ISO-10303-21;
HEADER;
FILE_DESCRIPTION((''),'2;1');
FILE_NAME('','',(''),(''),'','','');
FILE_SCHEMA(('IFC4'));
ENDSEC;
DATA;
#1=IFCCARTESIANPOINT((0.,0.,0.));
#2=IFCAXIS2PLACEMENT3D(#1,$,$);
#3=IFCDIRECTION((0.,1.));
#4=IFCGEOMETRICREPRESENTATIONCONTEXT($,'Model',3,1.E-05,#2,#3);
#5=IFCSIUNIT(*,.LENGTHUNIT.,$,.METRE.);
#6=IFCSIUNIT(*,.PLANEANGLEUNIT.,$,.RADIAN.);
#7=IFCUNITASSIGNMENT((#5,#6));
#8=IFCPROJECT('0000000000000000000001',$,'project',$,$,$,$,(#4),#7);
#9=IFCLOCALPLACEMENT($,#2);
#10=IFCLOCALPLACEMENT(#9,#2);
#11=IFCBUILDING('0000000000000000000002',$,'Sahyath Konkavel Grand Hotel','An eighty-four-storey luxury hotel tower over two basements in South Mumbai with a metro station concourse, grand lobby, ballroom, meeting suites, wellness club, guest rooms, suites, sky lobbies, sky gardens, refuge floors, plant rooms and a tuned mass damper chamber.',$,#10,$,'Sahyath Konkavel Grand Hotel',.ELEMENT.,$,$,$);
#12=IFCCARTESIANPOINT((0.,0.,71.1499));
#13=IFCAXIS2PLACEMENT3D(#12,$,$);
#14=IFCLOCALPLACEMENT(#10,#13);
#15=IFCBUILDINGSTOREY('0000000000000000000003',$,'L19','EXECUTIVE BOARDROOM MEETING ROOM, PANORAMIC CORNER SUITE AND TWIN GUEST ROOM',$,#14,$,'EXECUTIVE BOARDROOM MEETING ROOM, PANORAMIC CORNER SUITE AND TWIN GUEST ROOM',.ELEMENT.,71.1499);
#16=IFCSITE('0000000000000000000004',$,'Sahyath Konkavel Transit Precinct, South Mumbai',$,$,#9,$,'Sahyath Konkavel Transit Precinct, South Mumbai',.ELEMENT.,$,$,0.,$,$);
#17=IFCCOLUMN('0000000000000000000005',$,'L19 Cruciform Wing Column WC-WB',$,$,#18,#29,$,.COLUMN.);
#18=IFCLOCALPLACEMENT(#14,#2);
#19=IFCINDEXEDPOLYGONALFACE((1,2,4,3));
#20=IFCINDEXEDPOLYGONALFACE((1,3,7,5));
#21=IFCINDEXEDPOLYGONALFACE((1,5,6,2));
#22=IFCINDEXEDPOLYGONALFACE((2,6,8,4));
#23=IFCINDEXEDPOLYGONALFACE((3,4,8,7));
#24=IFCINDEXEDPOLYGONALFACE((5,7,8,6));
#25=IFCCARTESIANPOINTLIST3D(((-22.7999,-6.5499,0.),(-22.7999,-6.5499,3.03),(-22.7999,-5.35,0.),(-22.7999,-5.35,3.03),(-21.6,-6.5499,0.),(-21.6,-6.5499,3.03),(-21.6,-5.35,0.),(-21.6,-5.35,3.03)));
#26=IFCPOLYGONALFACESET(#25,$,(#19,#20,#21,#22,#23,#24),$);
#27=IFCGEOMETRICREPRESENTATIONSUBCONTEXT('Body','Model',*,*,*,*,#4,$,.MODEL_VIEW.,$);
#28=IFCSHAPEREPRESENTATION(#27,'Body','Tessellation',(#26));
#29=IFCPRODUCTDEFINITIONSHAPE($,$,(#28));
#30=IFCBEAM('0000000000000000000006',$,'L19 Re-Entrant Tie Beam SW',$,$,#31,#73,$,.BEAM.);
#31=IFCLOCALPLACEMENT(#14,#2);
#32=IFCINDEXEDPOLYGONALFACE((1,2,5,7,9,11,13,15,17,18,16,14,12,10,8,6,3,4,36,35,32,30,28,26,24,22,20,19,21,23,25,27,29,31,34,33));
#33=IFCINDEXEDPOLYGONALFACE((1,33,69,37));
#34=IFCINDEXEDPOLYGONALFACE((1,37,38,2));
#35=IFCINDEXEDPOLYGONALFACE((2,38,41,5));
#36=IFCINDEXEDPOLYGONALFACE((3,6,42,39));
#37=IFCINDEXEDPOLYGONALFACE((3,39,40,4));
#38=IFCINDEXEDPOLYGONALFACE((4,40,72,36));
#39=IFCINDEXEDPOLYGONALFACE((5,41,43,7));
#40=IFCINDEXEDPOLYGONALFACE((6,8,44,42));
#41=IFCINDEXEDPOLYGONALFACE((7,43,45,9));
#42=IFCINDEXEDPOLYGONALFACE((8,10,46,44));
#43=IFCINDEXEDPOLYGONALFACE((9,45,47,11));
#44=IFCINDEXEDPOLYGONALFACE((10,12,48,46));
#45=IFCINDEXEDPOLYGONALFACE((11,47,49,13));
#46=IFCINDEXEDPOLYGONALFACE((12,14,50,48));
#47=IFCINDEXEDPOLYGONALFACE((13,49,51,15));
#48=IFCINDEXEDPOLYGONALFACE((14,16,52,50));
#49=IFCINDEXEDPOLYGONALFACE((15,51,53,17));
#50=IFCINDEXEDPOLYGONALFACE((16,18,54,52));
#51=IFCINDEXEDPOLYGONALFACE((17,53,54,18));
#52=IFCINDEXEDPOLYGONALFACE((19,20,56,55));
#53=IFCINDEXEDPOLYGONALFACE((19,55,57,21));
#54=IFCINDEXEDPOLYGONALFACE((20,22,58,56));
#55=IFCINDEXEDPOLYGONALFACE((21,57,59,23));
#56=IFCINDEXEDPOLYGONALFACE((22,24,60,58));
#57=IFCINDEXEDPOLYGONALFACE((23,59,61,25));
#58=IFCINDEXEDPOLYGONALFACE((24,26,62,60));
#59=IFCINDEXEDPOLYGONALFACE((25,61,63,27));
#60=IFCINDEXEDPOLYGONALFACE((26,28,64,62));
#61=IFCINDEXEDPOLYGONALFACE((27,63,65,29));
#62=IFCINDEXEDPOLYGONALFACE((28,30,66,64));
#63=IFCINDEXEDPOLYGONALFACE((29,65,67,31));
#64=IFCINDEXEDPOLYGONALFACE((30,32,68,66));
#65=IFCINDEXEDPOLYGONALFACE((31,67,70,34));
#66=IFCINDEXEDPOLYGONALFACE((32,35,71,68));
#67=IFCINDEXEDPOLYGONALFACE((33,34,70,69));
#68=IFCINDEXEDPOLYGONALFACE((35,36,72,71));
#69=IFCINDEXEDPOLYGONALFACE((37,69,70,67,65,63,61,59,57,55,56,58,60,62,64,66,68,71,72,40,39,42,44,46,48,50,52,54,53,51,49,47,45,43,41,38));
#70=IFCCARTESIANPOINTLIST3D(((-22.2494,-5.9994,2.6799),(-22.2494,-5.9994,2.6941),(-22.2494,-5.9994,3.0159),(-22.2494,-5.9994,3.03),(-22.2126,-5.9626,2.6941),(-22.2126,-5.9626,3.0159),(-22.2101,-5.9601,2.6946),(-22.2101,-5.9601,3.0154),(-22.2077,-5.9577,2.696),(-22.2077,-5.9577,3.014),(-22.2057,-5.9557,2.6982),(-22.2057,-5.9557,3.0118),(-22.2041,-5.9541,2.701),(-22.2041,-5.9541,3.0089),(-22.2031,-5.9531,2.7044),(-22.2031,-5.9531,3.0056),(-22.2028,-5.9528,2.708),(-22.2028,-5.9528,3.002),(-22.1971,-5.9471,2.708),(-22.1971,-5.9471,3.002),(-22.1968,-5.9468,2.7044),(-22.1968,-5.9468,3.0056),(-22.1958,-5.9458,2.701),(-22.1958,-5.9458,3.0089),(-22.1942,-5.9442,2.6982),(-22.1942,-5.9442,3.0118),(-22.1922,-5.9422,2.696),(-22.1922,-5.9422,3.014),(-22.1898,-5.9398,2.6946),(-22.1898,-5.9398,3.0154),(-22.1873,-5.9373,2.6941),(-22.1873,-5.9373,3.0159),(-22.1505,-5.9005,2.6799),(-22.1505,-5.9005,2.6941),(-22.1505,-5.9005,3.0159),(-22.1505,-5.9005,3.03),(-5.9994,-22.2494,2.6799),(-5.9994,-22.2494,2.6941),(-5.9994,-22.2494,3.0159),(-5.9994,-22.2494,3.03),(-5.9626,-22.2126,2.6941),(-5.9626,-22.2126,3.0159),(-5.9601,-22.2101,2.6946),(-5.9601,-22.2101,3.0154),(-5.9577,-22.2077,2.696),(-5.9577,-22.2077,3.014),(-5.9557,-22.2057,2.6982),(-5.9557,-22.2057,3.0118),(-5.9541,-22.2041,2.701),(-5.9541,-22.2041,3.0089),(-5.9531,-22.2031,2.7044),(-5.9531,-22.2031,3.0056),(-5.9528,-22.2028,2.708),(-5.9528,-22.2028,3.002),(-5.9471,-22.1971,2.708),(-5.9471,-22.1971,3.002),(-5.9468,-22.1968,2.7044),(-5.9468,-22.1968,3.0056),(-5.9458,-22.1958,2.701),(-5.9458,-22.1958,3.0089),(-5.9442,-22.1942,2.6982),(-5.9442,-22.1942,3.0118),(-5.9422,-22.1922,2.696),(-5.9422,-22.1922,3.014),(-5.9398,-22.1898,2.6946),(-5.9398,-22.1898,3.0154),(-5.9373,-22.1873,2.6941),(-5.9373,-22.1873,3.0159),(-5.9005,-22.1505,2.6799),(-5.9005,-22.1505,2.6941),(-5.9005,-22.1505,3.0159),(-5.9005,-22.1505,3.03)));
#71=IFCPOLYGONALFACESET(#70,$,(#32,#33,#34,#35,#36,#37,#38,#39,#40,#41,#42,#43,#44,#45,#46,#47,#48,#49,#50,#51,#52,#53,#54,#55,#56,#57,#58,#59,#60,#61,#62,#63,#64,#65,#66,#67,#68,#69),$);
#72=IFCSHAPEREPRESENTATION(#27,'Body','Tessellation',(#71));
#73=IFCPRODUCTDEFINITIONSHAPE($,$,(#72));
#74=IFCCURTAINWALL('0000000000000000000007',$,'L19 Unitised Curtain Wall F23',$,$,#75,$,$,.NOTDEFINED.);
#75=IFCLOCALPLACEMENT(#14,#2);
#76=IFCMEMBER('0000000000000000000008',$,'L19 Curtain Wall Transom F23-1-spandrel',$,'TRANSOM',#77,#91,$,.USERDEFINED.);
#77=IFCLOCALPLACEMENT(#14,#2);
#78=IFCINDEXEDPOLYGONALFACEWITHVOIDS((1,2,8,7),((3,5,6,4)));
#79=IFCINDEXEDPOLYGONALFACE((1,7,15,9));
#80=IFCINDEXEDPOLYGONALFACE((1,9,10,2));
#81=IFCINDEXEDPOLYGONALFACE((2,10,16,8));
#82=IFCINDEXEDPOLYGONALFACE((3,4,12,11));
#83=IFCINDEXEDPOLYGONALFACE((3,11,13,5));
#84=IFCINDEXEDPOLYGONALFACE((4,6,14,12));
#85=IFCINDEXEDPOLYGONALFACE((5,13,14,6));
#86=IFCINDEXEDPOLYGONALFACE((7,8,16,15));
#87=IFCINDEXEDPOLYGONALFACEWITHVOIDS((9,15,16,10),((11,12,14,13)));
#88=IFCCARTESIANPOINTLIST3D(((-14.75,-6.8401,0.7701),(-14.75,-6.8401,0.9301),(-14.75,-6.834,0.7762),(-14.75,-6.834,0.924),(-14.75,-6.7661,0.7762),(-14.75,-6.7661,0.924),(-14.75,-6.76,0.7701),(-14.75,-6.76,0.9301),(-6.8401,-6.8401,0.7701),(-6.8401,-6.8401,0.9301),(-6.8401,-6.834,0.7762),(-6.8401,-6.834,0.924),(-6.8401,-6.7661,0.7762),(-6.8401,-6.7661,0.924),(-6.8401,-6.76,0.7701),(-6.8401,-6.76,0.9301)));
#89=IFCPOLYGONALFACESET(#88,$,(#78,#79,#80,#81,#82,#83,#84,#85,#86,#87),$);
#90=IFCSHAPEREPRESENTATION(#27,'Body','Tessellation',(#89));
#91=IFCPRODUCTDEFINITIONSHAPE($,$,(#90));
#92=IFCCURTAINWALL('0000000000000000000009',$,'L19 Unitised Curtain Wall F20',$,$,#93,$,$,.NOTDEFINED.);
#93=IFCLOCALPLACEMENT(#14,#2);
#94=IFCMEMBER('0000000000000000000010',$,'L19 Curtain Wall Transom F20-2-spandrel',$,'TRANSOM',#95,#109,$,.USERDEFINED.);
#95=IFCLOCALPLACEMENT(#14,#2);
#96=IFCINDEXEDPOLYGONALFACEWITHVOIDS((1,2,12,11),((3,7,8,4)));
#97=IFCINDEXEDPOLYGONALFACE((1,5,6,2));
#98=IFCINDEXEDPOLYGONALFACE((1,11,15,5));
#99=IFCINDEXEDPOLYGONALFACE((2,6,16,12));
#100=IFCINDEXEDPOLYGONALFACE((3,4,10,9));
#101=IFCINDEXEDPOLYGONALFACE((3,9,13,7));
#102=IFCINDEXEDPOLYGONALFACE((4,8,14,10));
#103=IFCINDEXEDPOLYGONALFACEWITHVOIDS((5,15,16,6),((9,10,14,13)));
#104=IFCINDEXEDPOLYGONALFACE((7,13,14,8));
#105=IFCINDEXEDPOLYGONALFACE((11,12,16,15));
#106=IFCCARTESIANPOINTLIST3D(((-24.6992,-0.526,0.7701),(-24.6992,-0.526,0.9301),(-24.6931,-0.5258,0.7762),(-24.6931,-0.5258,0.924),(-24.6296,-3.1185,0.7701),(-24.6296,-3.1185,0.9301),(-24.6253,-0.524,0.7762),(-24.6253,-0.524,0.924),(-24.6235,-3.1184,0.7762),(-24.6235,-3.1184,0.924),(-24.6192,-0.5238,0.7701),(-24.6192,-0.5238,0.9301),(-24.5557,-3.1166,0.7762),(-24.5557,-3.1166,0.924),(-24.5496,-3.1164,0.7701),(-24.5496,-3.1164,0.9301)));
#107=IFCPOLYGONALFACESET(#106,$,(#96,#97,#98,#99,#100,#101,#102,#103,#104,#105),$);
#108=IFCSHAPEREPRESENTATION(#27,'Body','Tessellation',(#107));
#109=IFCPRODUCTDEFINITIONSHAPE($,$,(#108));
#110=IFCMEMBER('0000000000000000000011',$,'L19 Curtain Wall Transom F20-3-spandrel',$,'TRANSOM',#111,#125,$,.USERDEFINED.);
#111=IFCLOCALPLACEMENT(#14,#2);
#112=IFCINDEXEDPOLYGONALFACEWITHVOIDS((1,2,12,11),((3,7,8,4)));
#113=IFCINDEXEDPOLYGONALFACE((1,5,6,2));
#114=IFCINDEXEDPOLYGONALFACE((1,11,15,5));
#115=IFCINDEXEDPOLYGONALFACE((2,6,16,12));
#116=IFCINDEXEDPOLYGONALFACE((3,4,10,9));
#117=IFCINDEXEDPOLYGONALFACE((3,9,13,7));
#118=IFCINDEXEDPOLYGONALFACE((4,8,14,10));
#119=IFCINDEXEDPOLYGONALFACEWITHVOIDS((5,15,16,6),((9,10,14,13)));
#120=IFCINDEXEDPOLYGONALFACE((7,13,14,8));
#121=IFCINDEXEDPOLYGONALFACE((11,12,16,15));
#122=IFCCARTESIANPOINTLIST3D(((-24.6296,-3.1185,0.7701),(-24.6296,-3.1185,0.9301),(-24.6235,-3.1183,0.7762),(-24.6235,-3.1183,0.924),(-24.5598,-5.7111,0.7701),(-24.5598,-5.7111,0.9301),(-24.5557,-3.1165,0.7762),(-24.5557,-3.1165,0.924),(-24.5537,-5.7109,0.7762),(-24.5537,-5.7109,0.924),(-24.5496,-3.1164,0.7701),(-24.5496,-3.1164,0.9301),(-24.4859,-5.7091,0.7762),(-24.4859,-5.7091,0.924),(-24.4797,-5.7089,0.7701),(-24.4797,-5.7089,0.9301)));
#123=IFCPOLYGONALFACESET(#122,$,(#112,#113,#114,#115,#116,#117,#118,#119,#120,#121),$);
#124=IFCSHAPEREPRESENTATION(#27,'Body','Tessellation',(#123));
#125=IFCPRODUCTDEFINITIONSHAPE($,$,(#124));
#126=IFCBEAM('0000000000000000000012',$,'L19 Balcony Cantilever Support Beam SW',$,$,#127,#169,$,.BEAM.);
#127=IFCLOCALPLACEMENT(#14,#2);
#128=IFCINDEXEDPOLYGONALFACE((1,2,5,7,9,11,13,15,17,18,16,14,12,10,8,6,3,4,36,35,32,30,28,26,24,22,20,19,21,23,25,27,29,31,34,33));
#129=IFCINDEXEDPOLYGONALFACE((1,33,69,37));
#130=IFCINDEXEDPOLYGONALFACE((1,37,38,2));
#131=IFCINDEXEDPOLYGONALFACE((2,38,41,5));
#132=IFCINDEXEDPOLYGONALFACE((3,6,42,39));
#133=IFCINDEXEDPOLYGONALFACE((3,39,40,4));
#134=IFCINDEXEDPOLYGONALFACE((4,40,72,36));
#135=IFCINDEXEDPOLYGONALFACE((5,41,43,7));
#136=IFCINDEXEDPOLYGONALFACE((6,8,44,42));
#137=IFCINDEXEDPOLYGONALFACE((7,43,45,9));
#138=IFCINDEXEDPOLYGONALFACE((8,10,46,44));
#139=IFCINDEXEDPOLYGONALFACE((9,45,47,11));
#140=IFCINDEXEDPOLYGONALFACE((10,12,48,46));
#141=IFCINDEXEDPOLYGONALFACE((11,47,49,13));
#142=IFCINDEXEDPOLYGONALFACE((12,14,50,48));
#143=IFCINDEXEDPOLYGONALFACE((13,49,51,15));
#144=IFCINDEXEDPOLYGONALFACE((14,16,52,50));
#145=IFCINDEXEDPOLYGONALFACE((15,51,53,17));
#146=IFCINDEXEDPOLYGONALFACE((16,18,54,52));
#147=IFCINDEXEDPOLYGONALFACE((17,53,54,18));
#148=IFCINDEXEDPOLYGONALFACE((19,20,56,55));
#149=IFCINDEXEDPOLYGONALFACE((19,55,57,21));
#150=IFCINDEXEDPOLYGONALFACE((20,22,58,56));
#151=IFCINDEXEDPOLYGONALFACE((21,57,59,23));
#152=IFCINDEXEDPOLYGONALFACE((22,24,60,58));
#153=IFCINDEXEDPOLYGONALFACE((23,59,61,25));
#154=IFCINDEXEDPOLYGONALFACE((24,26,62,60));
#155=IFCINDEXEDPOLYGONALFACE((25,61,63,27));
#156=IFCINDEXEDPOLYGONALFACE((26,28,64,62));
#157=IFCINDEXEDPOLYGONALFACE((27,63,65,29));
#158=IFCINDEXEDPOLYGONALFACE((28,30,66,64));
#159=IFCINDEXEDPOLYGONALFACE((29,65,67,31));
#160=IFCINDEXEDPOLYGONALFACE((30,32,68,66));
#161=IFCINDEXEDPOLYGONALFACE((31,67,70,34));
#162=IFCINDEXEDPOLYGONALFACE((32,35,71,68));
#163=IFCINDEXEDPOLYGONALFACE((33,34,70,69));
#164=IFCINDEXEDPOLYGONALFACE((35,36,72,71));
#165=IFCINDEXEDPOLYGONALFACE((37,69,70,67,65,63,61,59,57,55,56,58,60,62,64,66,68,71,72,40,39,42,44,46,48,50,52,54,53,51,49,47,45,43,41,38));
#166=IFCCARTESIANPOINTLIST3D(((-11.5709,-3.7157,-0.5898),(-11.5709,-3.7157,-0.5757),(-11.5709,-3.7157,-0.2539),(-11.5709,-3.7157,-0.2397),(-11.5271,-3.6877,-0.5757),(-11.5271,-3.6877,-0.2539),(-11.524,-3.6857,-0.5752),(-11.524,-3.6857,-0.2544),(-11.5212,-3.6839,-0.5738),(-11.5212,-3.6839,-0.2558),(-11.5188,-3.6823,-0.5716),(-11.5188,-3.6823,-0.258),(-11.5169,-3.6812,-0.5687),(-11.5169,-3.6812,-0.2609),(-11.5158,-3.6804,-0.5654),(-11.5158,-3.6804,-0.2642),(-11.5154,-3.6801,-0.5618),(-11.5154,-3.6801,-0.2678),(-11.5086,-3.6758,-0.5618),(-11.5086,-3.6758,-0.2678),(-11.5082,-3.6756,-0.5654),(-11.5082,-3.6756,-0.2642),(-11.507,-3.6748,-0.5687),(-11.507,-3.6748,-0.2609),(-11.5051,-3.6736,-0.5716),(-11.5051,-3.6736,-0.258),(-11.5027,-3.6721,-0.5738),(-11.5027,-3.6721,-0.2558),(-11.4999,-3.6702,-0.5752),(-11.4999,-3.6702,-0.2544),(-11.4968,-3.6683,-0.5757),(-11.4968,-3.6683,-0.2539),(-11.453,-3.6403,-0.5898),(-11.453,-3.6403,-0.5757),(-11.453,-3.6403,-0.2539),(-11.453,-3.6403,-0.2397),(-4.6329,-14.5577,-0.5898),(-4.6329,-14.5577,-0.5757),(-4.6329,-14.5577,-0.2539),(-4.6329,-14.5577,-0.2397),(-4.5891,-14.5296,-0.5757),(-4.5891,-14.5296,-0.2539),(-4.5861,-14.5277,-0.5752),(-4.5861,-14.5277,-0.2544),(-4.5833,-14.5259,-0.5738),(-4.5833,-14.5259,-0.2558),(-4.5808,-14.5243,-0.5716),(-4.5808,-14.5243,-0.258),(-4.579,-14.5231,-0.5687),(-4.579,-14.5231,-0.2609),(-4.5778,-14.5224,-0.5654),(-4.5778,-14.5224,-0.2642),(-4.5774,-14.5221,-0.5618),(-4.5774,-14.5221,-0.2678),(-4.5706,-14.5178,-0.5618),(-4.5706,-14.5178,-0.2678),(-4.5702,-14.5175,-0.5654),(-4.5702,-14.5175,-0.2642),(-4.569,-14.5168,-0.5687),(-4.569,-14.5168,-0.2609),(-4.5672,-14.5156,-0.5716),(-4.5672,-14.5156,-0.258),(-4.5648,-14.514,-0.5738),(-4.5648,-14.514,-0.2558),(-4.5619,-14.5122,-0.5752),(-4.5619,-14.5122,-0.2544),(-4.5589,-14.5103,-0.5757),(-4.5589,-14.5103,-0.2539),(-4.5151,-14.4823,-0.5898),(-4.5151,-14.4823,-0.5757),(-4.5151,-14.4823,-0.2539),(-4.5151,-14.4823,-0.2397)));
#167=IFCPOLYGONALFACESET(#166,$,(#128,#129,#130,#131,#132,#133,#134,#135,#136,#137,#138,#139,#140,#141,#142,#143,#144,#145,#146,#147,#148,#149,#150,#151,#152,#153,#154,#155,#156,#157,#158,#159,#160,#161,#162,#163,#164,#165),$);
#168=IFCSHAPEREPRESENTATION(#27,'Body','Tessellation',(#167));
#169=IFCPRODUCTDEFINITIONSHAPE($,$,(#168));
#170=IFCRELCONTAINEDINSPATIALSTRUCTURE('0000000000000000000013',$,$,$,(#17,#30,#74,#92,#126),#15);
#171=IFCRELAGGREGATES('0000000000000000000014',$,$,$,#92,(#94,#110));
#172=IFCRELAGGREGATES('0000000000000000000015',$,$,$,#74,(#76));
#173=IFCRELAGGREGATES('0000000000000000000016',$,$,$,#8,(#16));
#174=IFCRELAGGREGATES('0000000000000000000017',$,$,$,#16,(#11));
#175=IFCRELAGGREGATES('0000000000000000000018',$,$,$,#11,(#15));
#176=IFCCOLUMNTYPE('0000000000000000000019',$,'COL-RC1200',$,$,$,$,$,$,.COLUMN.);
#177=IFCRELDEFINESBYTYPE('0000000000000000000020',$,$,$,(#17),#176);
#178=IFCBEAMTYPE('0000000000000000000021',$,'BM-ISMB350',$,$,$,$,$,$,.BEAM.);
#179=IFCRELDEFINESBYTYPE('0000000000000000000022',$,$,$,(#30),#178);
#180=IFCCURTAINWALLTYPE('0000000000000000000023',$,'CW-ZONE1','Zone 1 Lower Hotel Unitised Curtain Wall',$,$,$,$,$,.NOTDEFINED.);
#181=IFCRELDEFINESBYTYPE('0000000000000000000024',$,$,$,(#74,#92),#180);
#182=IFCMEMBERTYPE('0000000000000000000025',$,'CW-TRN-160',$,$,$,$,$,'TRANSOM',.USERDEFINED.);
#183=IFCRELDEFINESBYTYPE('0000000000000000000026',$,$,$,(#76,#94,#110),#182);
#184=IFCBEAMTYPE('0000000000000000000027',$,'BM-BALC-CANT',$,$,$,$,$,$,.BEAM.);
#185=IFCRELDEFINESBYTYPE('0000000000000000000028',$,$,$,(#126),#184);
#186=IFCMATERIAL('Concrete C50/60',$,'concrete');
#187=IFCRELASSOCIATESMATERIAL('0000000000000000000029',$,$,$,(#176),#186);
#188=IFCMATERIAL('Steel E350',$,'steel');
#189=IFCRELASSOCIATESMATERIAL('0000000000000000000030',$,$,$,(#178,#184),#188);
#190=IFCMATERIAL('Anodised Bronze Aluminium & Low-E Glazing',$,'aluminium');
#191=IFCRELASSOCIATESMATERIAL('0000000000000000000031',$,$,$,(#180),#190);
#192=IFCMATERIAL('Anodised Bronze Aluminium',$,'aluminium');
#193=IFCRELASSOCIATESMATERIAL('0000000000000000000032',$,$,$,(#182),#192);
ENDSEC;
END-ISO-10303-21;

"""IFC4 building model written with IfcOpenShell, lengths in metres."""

from ifc_helpers import new_model, si_unit, direction, frame, origin, origin_2d, place, context, subcontext, project, spatial, rectangle, hollow_rectangle, i_section, extrude, source, transform, mapped, material, material_profile, profile_set, type_object, element, aggregate, save


model = new_model("IFC4")

# Units and contexts
model_context = context("Model", 3, precision=1e-05, world=origin(), true_north=direction((0.0, 1.0)))
body_context = subcontext(model_context, "Body", "Model", "MODEL_VIEW")
ifc_project = project(units=[si_unit("LENGTHUNIT", "METRE"), si_unit("PLANEANGLEUNIT", "RADIAN")], contexts=[model_context])

# Site, building, storey
site_placement = place(None, origin())
site = spatial("IfcSite", under=ifc_project, at=site_placement, Name="Sahyath Konkavel Transit Precinct, South Mumbai", LongName="Sahyath Konkavel Transit Precinct, South Mumbai", CompositionType="ELEMENT", RefElevation=0.0)
building_placement = place(site_placement, origin())
building = spatial("IfcBuilding", under=site, at=building_placement, Name="Sahyath Konkavel Grand Hotel", Description="An eighty-four-storey luxury hotel tower over two basements in South Mumbai with a metro station concourse, grand lobby, ballroom, meeting suites, wellness club, guest rooms, suites, sky lobbies, sky gardens, refuge floors, plant rooms and a tuned mass damper chamber.", LongName="Sahyath Konkavel Grand Hotel", CompositionType="ELEMENT")
storey_placement = place(building_placement, frame((0.0, 0.0, 71.1499)))
storey = spatial("IfcBuildingStorey", under=building, at=storey_placement, Name="L19", Description="EXECUTIVE BOARDROOM MEETING ROOM, PANORAMIC CORNER SUITE AND TWIN GUEST ROOM", LongName="EXECUTIVE BOARDROOM MEETING ROOM, PANORAMIC CORNER SUITE AND TWIN GUEST ROOM", CompositionType="ELEMENT", Elevation=71.1499)

# Column
ifc_material_1 = material(Name="Concrete C50/60", Category="concrete")
ifc_material_profile_1 = material_profile(ifc_material_1, rectangle(XDim=1.2, YDim=1.2, at=origin_2d()), Name="RC 1200x1200")
ifc_profile_set_1 = profile_set([ifc_material_profile_1], Name="Concrete C50/60")
column_type = type_object("IfcColumnType", Name="COL-RC1200", PredefinedType="COLUMN", material=ifc_profile_set_1)
shared_shape_1 = source(origin(), body_context, "Body", "SweptSolid", [
    extrude(rectangle(XDim=1.2, YDim=1.2, at=origin_2d()), origin(), (0.0, 0.0, 1.0), 3.03),
])
column_placement = place(storey_placement, frame((-22.2, -5.95, 0.0), z_axis=(0.0, 0.0, 1.0), x_axis=(1.0, 0.0, 0.0)))
element("IfcColumn", 1, at=column_placement, inside=storey, type_object=column_type, Name="L19 Cruciform Wing Column WC-WB", PredefinedType="COLUMN", context=body_context, shape_type="MappedRepresentation", body=[
    mapped(shared_shape_1, transform((0.0, 0.0, 0.0), scale=1.0)),
])

# Beam
ifc_material_2 = material(Name="Steel E350", Category="steel")
ifc_material_profile_2 = material_profile(ifc_material_2, i_section(OverallWidth=0.1399, OverallDepth=0.3501, WebThickness=0.0081, FlangeThickness=0.0142, FilletRadius=0.0139, at=origin_2d()), Name="ISMB 350")
ifc_profile_set_2 = profile_set([ifc_material_profile_2], Name="Steel E350")
beam_type_1 = type_object("IfcBeamType", Name="BM-ISMB350", PredefinedType="BEAM", material=ifc_profile_set_2)
shared_shape_2 = source(origin(), body_context, "Body", "SweptSolid", [
    extrude(i_section(OverallWidth=0.1399, OverallDepth=0.3501, WebThickness=0.0081, FlangeThickness=0.0142, FilletRadius=0.0139, at=origin_2d()), origin(), (0.0, 0.0, 1.0), 22.981),
])
beam_1_placement = place(storey_placement, frame((-22.2, -5.95, 2.855), z_axis=(0.707107, -0.707107, 0.0), x_axis=(0.707107, 0.707107, 0.0)))
element("IfcBeam", 2, at=beam_1_placement, inside=storey, type_object=beam_type_1, Name="L19 Re-Entrant Tie Beam SW", PredefinedType="BEAM", context=body_context, shape_type="MappedRepresentation", body=[
    mapped(shared_shape_2, transform((0.0, 0.0, 0.0), scale=1.0)),
])

# Curtain wall, member
ifc_material_3 = material(Name="Anodised Bronze Aluminium & Low-E Glazing", Category="aluminium")
curtain_wall_type = type_object("IfcCurtainWallType", Name="CW-ZONE1", Description="Zone 1 Lower Hotel Unitised Curtain Wall", PredefinedType="NOTDEFINED", material=ifc_material_3)
curtain_wall_1_placement = place(storey_placement, origin())
curtain_wall_1 = element("IfcCurtainWall", 3, at=curtain_wall_1_placement, inside=storey, type_object=curtain_wall_type, Name="L19 Unitised Curtain Wall F23", PredefinedType="NOTDEFINED")
ifc_material_4 = material(Name="Anodised Bronze Aluminium", Category="aluminium")
ifc_material_profile_3 = material_profile(ifc_material_4, hollow_rectangle(XDim=0.0801, YDim=0.1599, WallThickness=0.0061, at=origin_2d()), Name="RHS 160x80x6")
ifc_profile_set_3 = profile_set([ifc_material_profile_3], Name="Anodised Bronze Aluminium")
member_type_1 = type_object("IfcMemberType", Name="CW-TRN-160", ElementType="TRANSOM", PredefinedType="USERDEFINED", material=ifc_profile_set_3)
shared_shape_3 = source(origin(), body_context, "Body", "SweptSolid", [
    extrude(hollow_rectangle(XDim=0.0801, YDim=0.1599, WallThickness=0.0061, at=origin_2d()), origin(), (0.0, 0.0, 1.0), 7.9099),
])
member_1_placement = place(storey_placement, frame((-14.75, -6.8, 0.8501), z_axis=(1.0, 0.0, 0.0), x_axis=(0.0, 1.0, 0.0)))
member_1 = element("IfcMember", 4, at=member_1_placement, type_object=member_type_1, Name="L19 Curtain Wall Transom F23-1-spandrel", ObjectType="TRANSOM", PredefinedType="USERDEFINED", context=body_context, shape_type="MappedRepresentation", body=[
    mapped(shared_shape_3, transform((0.0, 0.0, 0.0), scale=1.0)),
])

# Curtain wall, members
curtain_wall_2_placement = place(storey_placement, origin())
curtain_wall_2 = element("IfcCurtainWall", 5, at=curtain_wall_2_placement, inside=storey, type_object=curtain_wall_type, Name="L19 Unitised Curtain Wall F20", PredefinedType="NOTDEFINED")
shared_shape_4 = source(origin(), body_context, "Body", "SweptSolid", [
    extrude(hollow_rectangle(XDim=0.0801, YDim=0.1599, WallThickness=0.0061, at=origin_2d()), origin(), (0.0, 0.0, 1.0), 2.5935),
])
member_2_placement = place(storey_placement, frame((-24.6592, -0.5249, 0.8501), z_axis=(0.026829, -0.99964, 0.0), x_axis=(0.99964, 0.026829, 0.0)))
member_2 = element("IfcMember", 6, at=member_2_placement, type_object=member_type_1, Name="L19 Curtain Wall Transom F20-2-spandrel", ObjectType="TRANSOM", PredefinedType="USERDEFINED", context=body_context, shape_type="MappedRepresentation", body=[
    mapped(shared_shape_4, transform((0.0, 0.0, 0.0), scale=1.0)),
])
member_3_placement = place(storey_placement, frame((-24.5896, -3.1174, 0.8501), z_axis=(0.026923, -0.999638, 0.0), x_axis=(0.999638, 0.026923, 0.0)))
member_3 = element("IfcMember", 7, at=member_3_placement, type_object=member_type_1, Name="L19 Curtain Wall Transom F20-3-spandrel", ObjectType="TRANSOM", PredefinedType="USERDEFINED", context=body_context, shape_type="MappedRepresentation", body=[
    mapped(shared_shape_4, transform((0.0, 0.0, 0.0), scale=1.0)),
])

# Beam
ifc_material_profile_4 = material_profile(ifc_material_2, i_section(OverallWidth=0.1399, OverallDepth=0.3501, WebThickness=0.0081, FlangeThickness=0.0142, FilletRadius=0.0139, at=origin_2d()), Name="ISMB 350")
ifc_profile_set_4 = profile_set([ifc_material_profile_4], Name="Steel E350")
beam_type_2 = type_object("IfcBeamType", Name="BM-BALC-CANT", PredefinedType="BEAM", material=ifc_profile_set_4)
shared_shape_5 = source(origin(), body_context, "Body", "SweptSolid", [
    extrude(i_section(OverallWidth=0.1399, OverallDepth=0.3501, WebThickness=0.0081, FlangeThickness=0.0142, FilletRadius=0.0139, at=origin_2d()), origin(), (0.0, 0.0, 1.0), 12.8718),
])
beam_2_placement = place(storey_placement, frame((-11.512, -3.678, -0.4148), z_axis=(0.539003, -0.842304, 0.0), x_axis=(0.842304, 0.539003, 0.0)))
element("IfcBeam", 8, at=beam_2_placement, inside=storey, type_object=beam_type_2, Name="L19 Balcony Cantilever Support Beam SW", PredefinedType="BEAM", context=body_context, shape_type="MappedRepresentation", body=[
    mapped(shared_shape_5, transform((0.0, 0.0, 0.0), scale=1.0)),
])

aggregate(curtain_wall_2, [member_2, member_3])
aggregate(curtain_wall_1, [member_1])

save(model, "model.ifc")
